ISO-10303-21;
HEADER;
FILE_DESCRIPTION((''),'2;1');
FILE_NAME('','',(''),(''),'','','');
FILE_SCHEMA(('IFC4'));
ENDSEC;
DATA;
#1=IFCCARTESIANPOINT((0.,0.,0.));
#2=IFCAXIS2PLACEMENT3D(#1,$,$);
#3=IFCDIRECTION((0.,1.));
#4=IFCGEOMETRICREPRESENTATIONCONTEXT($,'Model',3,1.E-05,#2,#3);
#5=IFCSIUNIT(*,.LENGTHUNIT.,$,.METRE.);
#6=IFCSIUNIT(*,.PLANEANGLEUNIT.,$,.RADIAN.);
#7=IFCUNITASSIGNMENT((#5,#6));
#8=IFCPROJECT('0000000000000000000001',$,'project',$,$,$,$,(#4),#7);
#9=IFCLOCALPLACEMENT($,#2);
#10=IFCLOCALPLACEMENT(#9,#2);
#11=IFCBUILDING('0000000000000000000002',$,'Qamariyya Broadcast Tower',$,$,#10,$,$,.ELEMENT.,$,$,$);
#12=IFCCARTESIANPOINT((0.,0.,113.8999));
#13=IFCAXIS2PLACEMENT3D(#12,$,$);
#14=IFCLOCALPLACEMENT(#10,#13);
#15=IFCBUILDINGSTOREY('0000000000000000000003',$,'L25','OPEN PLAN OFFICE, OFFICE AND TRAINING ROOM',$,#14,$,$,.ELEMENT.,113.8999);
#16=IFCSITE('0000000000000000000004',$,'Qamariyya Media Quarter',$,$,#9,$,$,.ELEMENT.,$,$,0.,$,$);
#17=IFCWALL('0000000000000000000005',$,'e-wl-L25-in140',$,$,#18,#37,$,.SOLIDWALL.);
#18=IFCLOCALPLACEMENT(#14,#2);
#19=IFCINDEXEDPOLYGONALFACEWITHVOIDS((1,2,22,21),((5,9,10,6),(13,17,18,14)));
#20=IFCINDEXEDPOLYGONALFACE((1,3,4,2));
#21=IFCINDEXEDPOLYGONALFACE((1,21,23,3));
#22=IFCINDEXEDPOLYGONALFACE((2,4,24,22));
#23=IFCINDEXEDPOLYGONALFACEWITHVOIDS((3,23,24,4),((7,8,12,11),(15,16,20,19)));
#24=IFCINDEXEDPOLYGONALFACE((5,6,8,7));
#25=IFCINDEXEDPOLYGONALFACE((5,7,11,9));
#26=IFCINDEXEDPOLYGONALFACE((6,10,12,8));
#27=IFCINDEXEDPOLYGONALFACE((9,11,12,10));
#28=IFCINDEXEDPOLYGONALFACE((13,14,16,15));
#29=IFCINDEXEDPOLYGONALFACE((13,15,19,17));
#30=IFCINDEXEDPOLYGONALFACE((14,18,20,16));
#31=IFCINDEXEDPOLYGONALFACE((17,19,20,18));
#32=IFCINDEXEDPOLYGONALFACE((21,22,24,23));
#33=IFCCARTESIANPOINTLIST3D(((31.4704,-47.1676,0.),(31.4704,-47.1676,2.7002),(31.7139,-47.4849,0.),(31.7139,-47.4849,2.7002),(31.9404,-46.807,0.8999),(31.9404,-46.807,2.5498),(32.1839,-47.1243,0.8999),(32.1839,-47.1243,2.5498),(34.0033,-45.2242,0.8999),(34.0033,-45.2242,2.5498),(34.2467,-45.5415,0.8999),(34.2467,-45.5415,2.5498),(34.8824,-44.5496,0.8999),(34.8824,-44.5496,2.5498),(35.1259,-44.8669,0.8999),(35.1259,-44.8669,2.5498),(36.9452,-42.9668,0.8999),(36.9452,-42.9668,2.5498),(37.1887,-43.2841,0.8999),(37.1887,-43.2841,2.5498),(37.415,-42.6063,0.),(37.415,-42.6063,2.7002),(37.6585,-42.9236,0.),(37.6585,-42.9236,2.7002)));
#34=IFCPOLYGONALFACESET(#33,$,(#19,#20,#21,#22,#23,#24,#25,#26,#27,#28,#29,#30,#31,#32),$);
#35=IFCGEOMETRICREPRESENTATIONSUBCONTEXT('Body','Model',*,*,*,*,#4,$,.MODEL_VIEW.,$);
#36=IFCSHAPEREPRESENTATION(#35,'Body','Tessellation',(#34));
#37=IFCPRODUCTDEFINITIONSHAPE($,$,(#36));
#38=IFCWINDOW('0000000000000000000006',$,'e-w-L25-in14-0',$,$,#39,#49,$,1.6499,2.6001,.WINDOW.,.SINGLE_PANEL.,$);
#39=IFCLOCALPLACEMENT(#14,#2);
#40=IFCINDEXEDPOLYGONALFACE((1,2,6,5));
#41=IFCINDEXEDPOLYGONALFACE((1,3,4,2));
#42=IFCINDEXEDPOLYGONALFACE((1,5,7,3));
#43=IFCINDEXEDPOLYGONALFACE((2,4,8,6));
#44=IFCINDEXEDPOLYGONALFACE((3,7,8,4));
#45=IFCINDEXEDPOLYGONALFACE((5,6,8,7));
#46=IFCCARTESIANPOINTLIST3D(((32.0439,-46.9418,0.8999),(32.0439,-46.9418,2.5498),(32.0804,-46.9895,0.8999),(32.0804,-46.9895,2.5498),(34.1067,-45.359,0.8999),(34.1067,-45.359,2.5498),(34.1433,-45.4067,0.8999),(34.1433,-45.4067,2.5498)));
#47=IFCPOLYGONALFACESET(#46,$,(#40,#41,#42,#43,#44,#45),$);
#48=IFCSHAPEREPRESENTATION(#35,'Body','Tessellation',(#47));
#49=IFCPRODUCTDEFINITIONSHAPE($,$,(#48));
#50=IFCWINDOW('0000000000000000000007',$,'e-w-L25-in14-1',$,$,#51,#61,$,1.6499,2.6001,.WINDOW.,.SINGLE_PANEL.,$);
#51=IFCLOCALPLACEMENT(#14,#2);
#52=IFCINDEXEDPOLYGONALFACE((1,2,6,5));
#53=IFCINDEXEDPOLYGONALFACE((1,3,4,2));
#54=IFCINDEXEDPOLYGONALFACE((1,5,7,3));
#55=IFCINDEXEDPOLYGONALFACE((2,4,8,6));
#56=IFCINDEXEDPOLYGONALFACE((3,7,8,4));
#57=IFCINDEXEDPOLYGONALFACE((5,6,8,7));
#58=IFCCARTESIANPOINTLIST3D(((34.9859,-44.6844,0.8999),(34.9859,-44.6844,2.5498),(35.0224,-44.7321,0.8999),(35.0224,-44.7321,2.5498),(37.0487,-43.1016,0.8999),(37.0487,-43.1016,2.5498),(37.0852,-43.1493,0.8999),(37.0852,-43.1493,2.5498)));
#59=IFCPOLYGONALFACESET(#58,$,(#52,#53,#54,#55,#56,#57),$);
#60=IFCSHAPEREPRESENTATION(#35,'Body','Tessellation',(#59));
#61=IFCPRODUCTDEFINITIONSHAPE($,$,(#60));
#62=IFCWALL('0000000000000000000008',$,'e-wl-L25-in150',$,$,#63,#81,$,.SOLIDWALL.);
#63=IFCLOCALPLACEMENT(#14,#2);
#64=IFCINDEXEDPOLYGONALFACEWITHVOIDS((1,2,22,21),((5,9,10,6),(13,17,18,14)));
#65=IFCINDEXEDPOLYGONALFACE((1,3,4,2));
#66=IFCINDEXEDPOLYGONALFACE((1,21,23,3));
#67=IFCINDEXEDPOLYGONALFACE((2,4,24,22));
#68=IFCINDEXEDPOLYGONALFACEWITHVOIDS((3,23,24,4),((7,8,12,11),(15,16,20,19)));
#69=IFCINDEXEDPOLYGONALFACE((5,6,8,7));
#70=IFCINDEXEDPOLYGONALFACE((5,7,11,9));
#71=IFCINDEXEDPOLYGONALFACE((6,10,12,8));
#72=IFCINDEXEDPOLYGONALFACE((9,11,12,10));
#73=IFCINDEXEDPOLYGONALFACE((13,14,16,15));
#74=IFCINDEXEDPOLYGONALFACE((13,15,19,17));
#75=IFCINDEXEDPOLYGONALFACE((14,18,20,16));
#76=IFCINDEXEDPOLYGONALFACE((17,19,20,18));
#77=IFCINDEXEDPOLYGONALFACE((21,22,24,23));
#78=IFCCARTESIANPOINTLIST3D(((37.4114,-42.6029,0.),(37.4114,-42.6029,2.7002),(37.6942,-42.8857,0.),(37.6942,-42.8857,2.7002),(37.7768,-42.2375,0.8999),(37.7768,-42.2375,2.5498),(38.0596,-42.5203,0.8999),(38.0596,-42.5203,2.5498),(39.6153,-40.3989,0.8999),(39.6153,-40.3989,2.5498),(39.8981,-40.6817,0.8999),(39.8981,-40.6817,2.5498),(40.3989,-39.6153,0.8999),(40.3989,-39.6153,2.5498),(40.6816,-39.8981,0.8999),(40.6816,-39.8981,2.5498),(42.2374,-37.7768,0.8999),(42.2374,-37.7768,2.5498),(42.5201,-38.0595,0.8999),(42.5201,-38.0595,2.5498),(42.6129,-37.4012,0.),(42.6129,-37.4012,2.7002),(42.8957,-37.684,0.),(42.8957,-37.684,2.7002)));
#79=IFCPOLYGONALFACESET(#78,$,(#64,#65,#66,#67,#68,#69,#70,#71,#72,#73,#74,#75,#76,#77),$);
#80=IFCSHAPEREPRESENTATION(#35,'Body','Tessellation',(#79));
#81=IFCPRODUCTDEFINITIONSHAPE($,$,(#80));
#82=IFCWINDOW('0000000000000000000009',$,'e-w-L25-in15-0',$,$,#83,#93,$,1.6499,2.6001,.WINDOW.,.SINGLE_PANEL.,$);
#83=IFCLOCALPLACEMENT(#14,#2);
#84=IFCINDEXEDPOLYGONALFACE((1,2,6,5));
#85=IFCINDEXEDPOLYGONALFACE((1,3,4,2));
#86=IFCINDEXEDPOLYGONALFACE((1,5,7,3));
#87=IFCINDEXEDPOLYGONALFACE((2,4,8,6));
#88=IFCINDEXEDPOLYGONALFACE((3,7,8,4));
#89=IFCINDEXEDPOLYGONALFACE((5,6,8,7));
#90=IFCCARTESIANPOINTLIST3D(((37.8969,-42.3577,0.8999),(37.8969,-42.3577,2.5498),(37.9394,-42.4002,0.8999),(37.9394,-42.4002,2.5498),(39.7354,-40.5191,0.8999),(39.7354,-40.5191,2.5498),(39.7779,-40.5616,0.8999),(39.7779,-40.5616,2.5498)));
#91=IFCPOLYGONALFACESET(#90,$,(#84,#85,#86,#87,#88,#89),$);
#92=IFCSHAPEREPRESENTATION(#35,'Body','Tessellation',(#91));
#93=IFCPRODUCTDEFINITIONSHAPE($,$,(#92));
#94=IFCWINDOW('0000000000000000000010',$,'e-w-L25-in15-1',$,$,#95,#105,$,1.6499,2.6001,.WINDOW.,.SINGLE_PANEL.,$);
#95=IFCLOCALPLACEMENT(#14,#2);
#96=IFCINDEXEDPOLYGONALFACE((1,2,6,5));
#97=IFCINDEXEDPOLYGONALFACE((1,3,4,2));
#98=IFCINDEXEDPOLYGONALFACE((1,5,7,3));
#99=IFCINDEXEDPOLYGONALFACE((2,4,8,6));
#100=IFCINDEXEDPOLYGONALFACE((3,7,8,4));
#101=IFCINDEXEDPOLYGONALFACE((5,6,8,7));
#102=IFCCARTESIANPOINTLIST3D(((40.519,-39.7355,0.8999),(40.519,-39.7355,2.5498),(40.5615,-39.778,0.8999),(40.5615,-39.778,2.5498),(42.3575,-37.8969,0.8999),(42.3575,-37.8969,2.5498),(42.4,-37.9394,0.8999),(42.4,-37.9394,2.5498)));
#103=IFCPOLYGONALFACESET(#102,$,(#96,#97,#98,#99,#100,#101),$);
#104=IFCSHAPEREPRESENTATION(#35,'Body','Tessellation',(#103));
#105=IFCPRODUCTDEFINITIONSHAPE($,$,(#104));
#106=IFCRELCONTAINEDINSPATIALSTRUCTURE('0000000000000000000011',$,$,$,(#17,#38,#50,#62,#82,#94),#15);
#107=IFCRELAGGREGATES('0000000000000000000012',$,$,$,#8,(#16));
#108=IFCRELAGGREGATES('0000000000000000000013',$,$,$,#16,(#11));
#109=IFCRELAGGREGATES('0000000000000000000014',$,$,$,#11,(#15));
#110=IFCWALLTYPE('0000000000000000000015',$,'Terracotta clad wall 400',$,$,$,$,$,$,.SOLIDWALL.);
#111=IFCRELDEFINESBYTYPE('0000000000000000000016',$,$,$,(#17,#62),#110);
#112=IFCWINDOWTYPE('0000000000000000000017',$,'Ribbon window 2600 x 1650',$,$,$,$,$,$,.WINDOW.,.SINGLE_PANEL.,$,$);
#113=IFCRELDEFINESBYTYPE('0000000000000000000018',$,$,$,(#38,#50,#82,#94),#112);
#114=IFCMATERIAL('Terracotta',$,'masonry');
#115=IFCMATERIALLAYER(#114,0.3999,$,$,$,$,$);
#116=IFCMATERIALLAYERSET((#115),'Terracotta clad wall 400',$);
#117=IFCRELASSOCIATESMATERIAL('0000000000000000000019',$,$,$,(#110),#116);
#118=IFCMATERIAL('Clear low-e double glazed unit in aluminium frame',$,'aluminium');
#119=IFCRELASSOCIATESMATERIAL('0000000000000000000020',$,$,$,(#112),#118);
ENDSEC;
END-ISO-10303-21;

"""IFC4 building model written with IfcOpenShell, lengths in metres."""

from ifc_helpers import new_model, si_unit, direction, frame, frame_2d, origin, place, context, subcontext, project, spatial, rectangle, extrude, material, layer, layer_set, type_object, element, fill, save


model = new_model("IFC4")

# Units and contexts
model_context = context("Model", 3, precision=1e-05, world=origin(), true_north=direction((0.0, 1.0)))
body_context = subcontext(model_context, "Body", "Model", "MODEL_VIEW")
ifc_project = project(units=[si_unit("LENGTHUNIT", "METRE"), si_unit("PLANEANGLEUNIT", "RADIAN")], contexts=[model_context])

# Site, building, storey
site_placement = place(None, origin())
site = spatial("IfcSite", under=ifc_project, at=site_placement, Name="Qamariyya Media Quarter", CompositionType="ELEMENT", RefElevation=0.0)
building_placement = place(site_placement, origin())
building = spatial("IfcBuilding", under=site, at=building_placement, Name="Qamariyya Broadcast Tower", CompositionType="ELEMENT")
storey_placement = place(building_placement, frame((0.0, 0.0, 113.8999)))
storey = spatial("IfcBuildingStorey", under=building, at=storey_placement, Name="L25", Description="OPEN PLAN OFFICE, OFFICE AND TRAINING ROOM", CompositionType="ELEMENT", Elevation=113.8999)

# Walls, openings, windows
ifc_material_1 = material(Name="Terracotta", Category="masonry")
ifc_layer_1 = layer(ifc_material_1, 0.3999)
ifc_layer_set_1 = layer_set([ifc_layer_1], Name="Terracotta clad wall 400")
wall_type_1 = type_object("IfcWallType", Name="Terracotta clad wall 400", PredefinedType="SOLIDWALL", material=ifc_layer_set_1)
wall_1_placement = place(storey_placement, frame((37.5369, -42.7649, 0.0), z_axis=(0.0, 0.0, 1.0), x_axis=(-0.793363, -0.608748, 0.0)))
wall_1 = element("IfcWall", 1, at=wall_1_placement, inside=storey, type_object=wall_type_1, Name="e-wl-L25-in140", PredefinedType="SOLIDWALL", context=body_context, shape_type="SweptSolid", body=[
    extrude(rectangle(XDim=7.4929, YDim=0.3999, at=frame_2d((3.7466, 0.0))), origin(), (0.0, 0.0, 1.0), 2.7002),
])
opening_1_placement = place(wall_1_placement, frame((4.3005, 0.0, 0.8999)))
opening_1 = element("IfcOpeningElement", 2, at=opening_1_placement, cuts=wall_1, PredefinedType="OPENING", context=body_context, shape_type="SweptSolid", body=[
    extrude(rectangle(XDim=2.6001, YDim=1.6499, at=frame_2d((1.3, 0.825))), frame((0.0, 0.21, 0.0), z_axis=(0.0, -1.0, 0.0), x_axis=(1.0, 0.0, 0.0)), (0.0, 0.0, 1.0), 0.4199),
])
opening_2_placement = place(wall_1_placement, frame((0.5923, 0.0, 0.8999)))
opening_2 = element("IfcOpeningElement", 3, at=opening_2_placement, cuts=wall_1, PredefinedType="OPENING", context=body_context, shape_type="SweptSolid", body=[
    extrude(rectangle(XDim=2.6001, YDim=1.6499, at=frame_2d((1.3, 0.825))), frame((0.0, 0.21, 0.0), z_axis=(0.0, -1.0, 0.0), x_axis=(1.0, 0.0, 0.0)), (0.0, 0.0, 1.0), 0.4199),
])
ifc_material_2 = material(Name="Clear low-e double glazed unit in aluminium frame", Category="aluminium")
window_type = type_object("IfcWindowType", Name="Ribbon window 2600 x 1650", PartitioningType="SINGLE_PANEL", PredefinedType="WINDOW", material=ifc_material_2)
window_1_placement = place(opening_1_placement, origin())
window_1 = element("IfcWindow", 4, at=window_1_placement, inside=storey, type_object=window_type, Name="e-w-L25-in14-0", OverallHeight=1.6499, OverallWidth=2.6001, PartitioningType="SINGLE_PANEL", PredefinedType="WINDOW", context=body_context, shape_type="SweptSolid", body=[
    extrude(rectangle(XDim=2.6001, YDim=1.6499, at=frame_2d((1.3, 0.825))), frame((0.0, 0.03, 0.0), z_axis=(0.0, -1.0, 0.0), x_axis=(1.0, 0.0, 0.0)), (0.0, 0.0, 1.0), 0.0601),
])
fill(opening_1, window_1)
window_2_placement = place(opening_2_placement, origin())
window_2 = element("IfcWindow", 5, at=window_2_placement, inside=storey, type_object=window_type, Name="e-w-L25-in14-1", OverallHeight=1.6499, OverallWidth=2.6001, PartitioningType="SINGLE_PANEL", PredefinedType="WINDOW", context=body_context, shape_type="SweptSolid", body=[
    extrude(rectangle(XDim=2.6001, YDim=1.6499, at=frame_2d((1.3, 0.825))), frame((0.0, 0.03, 0.0), z_axis=(0.0, -1.0, 0.0), x_axis=(1.0, 0.0, 0.0)), (0.0, 0.0, 1.0), 0.0601),
])
fill(opening_2, window_2)
wall_2_placement = place(storey_placement, frame((42.7544, -37.5425, 0.0), z_axis=(0.0, 0.0, 1.0), x_axis=(-0.70709, -0.707123, 0.0)))
wall_2 = element("IfcWall", 6, at=wall_2_placement, inside=storey, type_object=wall_type_1, Name="e-wl-L25-in150", PredefinedType="SOLIDWALL", context=body_context, shape_type="SweptSolid", body=[
    extrude(rectangle(XDim=7.3562, YDim=0.3999, at=frame_2d((3.6782, 0.0))), origin(), (0.0, 0.0, 1.0), 2.7002),
])
opening_3_placement = place(wall_2_placement, frame((4.2395, 0.0, 0.8999)))
opening_3 = element("IfcOpeningElement", 7, at=opening_3_placement, cuts=wall_2, PredefinedType="OPENING", context=body_context, shape_type="SweptSolid", body=[
    extrude(rectangle(XDim=2.6001, YDim=1.6499, at=frame_2d((1.3, 0.825))), frame((0.0, 0.21, 0.0), z_axis=(0.0, -1.0, 0.0), x_axis=(1.0, 0.0, 0.0)), (0.0, 0.0, 1.0), 0.4199),
])
opening_4_placement = place(wall_2_placement, frame((0.5312, 0.0, 0.8999)))
opening_4 = element("IfcOpeningElement", 8, at=opening_4_placement, cuts=wall_2, PredefinedType="OPENING", context=body_context, shape_type="SweptSolid", body=[
    extrude(rectangle(XDim=2.6001, YDim=1.6499, at=frame_2d((1.3, 0.825))), frame((0.0, 0.21, 0.0), z_axis=(0.0, -1.0, 0.0), x_axis=(1.0, 0.0, 0.0)), (0.0, 0.0, 1.0), 0.4199),
])
window_3_placement = place(opening_3_placement, origin())
window_3 = element("IfcWindow", 9, at=window_3_placement, inside=storey, type_object=window_type, Name="e-w-L25-in15-0", OverallHeight=1.6499, OverallWidth=2.6001, PartitioningType="SINGLE_PANEL", PredefinedType="WINDOW", context=body_context, shape_type="SweptSolid", body=[
    extrude(rectangle(XDim=2.6001, YDim=1.6499, at=frame_2d((1.3, 0.825))), frame((0.0, 0.03, 0.0), z_axis=(0.0, -1.0, 0.0), x_axis=(1.0, 0.0, 0.0)), (0.0, 0.0, 1.0), 0.0601),
])
fill(opening_3, window_3)
window_4_placement = place(opening_4_placement, origin())
window_4 = element("IfcWindow", 10, at=window_4_placement, inside=storey, type_object=window_type, Name="e-w-L25-in15-1", OverallHeight=1.6499, OverallWidth=2.6001, PartitioningType="SINGLE_PANEL", PredefinedType="WINDOW", context=body_context, shape_type="SweptSolid", body=[
    extrude(rectangle(XDim=2.6001, YDim=1.6499, at=frame_2d((1.3, 0.825))), frame((0.0, 0.03, 0.0), z_axis=(0.0, -1.0, 0.0), x_axis=(1.0, 0.0, 0.0)), (0.0, 0.0, 1.0), 0.0601),
])
fill(opening_4, window_4)

save(model, "model.ifc")
